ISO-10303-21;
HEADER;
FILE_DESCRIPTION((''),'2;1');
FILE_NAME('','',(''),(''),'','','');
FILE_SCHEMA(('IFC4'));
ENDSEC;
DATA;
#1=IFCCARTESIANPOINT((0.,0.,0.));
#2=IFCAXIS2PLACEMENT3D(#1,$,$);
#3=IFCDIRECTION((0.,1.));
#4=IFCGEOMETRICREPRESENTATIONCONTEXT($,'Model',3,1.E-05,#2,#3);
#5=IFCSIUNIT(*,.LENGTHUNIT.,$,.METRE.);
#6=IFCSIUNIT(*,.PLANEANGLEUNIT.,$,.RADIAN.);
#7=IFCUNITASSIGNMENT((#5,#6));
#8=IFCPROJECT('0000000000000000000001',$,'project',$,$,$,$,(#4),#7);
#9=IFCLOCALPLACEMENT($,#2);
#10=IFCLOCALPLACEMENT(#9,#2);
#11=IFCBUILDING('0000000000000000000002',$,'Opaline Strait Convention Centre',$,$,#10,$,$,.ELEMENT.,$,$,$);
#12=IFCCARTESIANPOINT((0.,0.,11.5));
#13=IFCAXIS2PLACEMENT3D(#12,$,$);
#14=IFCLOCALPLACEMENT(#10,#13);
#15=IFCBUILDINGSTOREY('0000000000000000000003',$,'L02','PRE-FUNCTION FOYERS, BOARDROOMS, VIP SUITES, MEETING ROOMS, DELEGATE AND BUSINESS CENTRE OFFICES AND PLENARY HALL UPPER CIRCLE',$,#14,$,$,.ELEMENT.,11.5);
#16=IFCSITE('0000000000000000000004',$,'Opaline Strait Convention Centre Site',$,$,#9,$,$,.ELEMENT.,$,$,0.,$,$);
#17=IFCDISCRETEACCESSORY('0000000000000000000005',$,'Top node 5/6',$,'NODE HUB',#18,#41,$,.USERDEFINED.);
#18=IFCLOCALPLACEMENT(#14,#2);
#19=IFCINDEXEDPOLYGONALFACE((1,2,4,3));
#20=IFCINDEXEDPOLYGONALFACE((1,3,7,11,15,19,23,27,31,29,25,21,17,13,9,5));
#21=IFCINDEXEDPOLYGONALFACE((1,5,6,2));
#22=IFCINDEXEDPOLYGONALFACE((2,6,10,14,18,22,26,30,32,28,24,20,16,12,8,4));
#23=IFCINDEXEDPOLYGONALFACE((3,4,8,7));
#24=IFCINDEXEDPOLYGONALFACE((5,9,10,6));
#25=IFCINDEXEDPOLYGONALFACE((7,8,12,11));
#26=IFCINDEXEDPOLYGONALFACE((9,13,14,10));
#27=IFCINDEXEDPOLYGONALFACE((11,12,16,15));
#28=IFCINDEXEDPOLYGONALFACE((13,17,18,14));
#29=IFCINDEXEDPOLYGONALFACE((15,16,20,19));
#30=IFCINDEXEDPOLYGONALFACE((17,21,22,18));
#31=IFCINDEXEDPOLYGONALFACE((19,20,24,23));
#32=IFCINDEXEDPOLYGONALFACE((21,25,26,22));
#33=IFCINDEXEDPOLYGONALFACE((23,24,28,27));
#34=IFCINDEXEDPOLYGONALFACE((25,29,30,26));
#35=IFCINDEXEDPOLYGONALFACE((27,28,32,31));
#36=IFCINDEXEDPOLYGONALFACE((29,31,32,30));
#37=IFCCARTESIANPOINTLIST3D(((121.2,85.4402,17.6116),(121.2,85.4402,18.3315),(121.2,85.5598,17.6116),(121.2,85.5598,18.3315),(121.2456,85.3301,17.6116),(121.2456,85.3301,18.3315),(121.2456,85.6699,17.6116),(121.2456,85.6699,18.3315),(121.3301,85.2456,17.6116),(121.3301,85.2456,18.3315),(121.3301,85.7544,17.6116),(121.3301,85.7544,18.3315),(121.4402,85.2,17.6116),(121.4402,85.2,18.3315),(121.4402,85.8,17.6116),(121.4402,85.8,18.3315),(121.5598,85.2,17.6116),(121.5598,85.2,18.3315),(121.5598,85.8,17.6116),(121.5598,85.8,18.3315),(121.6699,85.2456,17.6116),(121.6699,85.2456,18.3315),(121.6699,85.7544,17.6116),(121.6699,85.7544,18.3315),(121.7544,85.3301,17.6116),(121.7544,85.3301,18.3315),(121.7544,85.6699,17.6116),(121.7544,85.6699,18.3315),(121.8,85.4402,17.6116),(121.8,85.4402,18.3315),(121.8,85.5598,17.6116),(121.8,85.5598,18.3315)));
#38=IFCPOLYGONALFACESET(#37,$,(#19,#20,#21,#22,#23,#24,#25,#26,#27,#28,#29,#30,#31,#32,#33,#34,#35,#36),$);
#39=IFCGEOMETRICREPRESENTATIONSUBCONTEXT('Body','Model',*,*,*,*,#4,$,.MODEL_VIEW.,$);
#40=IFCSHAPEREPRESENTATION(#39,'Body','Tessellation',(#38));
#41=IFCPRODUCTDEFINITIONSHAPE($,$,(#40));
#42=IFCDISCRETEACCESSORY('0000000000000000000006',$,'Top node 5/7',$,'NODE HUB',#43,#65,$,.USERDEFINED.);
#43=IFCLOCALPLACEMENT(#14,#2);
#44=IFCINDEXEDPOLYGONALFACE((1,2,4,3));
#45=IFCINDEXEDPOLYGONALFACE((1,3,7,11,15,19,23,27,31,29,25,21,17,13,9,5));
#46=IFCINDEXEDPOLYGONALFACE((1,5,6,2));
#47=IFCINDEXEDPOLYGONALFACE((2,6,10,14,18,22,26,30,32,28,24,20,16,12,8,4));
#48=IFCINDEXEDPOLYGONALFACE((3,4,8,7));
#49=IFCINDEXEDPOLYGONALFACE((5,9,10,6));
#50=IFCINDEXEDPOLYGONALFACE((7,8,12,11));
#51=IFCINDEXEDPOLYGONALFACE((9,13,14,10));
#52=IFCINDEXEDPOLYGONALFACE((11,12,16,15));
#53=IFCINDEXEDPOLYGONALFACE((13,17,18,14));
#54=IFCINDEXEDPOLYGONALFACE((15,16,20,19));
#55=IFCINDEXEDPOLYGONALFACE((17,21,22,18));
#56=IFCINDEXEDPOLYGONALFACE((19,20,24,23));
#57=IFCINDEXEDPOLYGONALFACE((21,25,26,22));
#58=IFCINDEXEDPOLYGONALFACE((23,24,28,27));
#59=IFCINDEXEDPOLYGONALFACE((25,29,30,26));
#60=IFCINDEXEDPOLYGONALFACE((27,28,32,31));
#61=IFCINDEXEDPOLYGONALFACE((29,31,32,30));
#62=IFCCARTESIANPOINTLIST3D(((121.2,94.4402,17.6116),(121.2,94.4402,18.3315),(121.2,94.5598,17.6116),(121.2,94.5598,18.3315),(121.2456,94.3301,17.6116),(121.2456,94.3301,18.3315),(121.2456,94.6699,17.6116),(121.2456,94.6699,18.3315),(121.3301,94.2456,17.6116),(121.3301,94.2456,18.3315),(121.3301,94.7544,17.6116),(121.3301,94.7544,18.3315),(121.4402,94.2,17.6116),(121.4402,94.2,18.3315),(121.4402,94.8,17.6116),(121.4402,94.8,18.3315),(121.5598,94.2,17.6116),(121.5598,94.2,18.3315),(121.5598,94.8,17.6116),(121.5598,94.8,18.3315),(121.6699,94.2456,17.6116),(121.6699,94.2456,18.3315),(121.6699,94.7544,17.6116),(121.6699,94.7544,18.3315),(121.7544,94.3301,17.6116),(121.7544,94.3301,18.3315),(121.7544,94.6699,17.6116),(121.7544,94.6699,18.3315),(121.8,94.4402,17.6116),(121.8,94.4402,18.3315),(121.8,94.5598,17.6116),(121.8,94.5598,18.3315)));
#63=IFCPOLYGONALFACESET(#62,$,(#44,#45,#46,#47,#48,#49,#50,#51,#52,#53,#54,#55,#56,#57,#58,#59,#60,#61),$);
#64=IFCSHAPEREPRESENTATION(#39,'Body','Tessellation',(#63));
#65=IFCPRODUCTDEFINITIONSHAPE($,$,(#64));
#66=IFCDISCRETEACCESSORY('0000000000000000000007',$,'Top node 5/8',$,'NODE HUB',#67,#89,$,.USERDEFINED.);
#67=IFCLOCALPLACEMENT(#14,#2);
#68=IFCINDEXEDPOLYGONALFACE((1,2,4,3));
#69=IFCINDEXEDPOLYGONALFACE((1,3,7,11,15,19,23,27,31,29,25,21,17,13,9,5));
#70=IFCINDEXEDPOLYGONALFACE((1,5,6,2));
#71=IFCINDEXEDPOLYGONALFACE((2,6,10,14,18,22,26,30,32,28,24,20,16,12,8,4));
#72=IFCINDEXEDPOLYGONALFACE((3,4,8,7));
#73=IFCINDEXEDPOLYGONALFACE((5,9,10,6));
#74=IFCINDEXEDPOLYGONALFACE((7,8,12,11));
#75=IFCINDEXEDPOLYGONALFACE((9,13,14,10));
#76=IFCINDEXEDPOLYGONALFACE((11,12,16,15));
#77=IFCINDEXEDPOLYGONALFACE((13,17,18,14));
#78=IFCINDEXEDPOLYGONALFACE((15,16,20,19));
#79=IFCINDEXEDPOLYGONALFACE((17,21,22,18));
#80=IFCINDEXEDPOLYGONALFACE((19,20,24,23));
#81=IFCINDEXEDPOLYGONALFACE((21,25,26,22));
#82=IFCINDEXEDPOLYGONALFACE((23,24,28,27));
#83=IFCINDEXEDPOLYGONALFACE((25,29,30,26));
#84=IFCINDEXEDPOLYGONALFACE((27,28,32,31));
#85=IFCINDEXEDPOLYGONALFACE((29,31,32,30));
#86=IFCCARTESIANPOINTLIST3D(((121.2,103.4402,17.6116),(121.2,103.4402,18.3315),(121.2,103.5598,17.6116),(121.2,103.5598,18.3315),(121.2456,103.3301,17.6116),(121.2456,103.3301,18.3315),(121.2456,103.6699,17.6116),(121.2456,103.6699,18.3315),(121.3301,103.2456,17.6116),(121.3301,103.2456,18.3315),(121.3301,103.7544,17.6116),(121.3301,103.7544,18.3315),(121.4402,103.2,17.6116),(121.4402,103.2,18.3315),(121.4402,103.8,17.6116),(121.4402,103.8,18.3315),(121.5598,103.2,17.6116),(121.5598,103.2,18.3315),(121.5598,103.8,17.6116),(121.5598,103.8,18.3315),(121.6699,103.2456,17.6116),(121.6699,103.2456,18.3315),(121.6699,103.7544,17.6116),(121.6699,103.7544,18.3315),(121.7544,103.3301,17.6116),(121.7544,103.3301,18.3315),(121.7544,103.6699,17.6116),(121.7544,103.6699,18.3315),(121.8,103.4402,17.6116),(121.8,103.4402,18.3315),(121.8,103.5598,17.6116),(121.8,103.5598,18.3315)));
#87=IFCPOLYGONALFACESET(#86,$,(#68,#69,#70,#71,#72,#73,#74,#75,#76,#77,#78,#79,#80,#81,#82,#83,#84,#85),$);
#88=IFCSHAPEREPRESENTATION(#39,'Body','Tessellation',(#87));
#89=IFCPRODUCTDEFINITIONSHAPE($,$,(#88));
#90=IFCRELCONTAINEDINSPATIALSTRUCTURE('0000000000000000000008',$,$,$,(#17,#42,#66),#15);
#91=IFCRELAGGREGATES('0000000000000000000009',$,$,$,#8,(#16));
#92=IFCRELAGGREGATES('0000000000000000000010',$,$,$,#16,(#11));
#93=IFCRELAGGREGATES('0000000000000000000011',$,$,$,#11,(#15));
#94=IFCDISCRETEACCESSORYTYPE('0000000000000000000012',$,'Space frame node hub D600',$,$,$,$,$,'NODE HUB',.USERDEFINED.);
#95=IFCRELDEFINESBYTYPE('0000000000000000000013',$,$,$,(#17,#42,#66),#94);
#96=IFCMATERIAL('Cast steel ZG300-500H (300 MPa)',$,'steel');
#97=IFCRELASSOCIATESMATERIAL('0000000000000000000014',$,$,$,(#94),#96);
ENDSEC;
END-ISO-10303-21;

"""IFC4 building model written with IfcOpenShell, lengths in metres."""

from ifc_helpers import new_model, si_unit, direction, frame, origin, place, context, subcontext, project, spatial, polyline, outline, extrude, material, type_object, element, save


model = new_model("IFC4")

# Units and contexts
model_context = context("Model", 3, precision=1e-05, world=origin(), true_north=direction((0.0, 1.0)))
body_context = subcontext(model_context, "Body", "Model", "MODEL_VIEW")
ifc_project = project(units=[si_unit("LENGTHUNIT", "METRE"), si_unit("PLANEANGLEUNIT", "RADIAN")], contexts=[model_context])

# Site, building, storey
site_placement = place(None, origin())
site = spatial("IfcSite", under=ifc_project, at=site_placement, Name="Opaline Strait Convention Centre Site", CompositionType="ELEMENT", RefElevation=0.0)
building_placement = place(site_placement, origin())
building = spatial("IfcBuilding", under=site, at=building_placement, Name="Opaline Strait Convention Centre", CompositionType="ELEMENT")
storey_placement = place(building_placement, frame((0.0, 0.0, 11.5)))
storey = spatial("IfcBuildingStorey", under=building, at=storey_placement, Name="L02", Description="PRE-FUNCTION FOYERS, BOARDROOMS, VIP SUITES, MEETING ROOMS, DELEGATE AND BUSINESS CENTRE OFFICES AND PLENARY HALL UPPER CIRCLE", CompositionType="ELEMENT", Elevation=11.5)

# Discrete accessories
ifc_material = material(Name="Cast steel ZG300-500H (300 MPa)", Category="steel")
discrete_accessory_type = type_object("IfcDiscreteAccessoryType", Name="Space frame node hub D600", ElementType="NODE HUB", PredefinedType="USERDEFINED", material=ifc_material)
discrete_accessory_1_placement = place(storey_placement, frame((0.0, 0.0, 17.6116)))
element("IfcDiscreteAccessory", 1, at=discrete_accessory_1_placement, inside=storey, type_object=discrete_accessory_type, Name="Top node 5/6", ObjectType="NODE HUB", PredefinedType="USERDEFINED", context=body_context, shape_type="SweptSolid", body=[
    extrude(outline(polyline([(121.8, 85.5598), (121.7544, 85.6699), (121.6699, 85.7544), (121.5598, 85.8), (121.4402, 85.8), (121.3301, 85.7544), (121.2456, 85.6699), (121.2, 85.5598), (121.2, 85.4402), (121.2456, 85.3301), (121.3301, 85.2456), (121.4402, 85.2), (121.5598, 85.2), (121.6699, 85.2456), (121.7544, 85.3301), (121.8, 85.4402), (121.8, 85.5598)])), origin(), (0.0, 0.0, 1.0), 0.72),
])
discrete_accessory_2_placement = place(storey_placement, frame((0.0, 0.0, 17.6116)))
element("IfcDiscreteAccessory", 2, at=discrete_accessory_2_placement, inside=storey, type_object=discrete_accessory_type, Name="Top node 5/7", ObjectType="NODE HUB", PredefinedType="USERDEFINED", context=body_context, shape_type="SweptSolid", body=[
    extrude(outline(polyline([(121.8, 94.5598), (121.7544, 94.6699), (121.6699, 94.7544), (121.5598, 94.8), (121.4402, 94.8), (121.3301, 94.7544), (121.2456, 94.6699), (121.2, 94.5598), (121.2, 94.4402), (121.2456, 94.3301), (121.3301, 94.2456), (121.4402, 94.2), (121.5598, 94.2), (121.6699, 94.2456), (121.7544, 94.3301), (121.8, 94.4402), (121.8, 94.5598)])), origin(), (0.0, 0.0, 1.0), 0.72),
])
discrete_accessory_3_placement = place(storey_placement, frame((0.0, 0.0, 17.6116)))
element("IfcDiscreteAccessory", 3, at=discrete_accessory_3_placement, inside=storey, type_object=discrete_accessory_type, Name="Top node 5/8", ObjectType="NODE HUB", PredefinedType="USERDEFINED", context=body_context, shape_type="SweptSolid", body=[
    extrude(outline(polyline([(121.8, 103.5598), (121.7544, 103.6699), (121.6699, 103.7544), (121.5598, 103.8), (121.4402, 103.8), (121.3301, 103.7544), (121.2456, 103.6699), (121.2, 103.5598), (121.2, 103.4402), (121.2456, 103.3301), (121.3301, 103.2456), (121.4402, 103.2), (121.5598, 103.2), (121.6699, 103.2456), (121.7544, 103.3301), (121.8, 103.4402), (121.8, 103.5598)])), origin(), (0.0, 0.0, 1.0), 0.72),
])

save(model, "model.ifc")
